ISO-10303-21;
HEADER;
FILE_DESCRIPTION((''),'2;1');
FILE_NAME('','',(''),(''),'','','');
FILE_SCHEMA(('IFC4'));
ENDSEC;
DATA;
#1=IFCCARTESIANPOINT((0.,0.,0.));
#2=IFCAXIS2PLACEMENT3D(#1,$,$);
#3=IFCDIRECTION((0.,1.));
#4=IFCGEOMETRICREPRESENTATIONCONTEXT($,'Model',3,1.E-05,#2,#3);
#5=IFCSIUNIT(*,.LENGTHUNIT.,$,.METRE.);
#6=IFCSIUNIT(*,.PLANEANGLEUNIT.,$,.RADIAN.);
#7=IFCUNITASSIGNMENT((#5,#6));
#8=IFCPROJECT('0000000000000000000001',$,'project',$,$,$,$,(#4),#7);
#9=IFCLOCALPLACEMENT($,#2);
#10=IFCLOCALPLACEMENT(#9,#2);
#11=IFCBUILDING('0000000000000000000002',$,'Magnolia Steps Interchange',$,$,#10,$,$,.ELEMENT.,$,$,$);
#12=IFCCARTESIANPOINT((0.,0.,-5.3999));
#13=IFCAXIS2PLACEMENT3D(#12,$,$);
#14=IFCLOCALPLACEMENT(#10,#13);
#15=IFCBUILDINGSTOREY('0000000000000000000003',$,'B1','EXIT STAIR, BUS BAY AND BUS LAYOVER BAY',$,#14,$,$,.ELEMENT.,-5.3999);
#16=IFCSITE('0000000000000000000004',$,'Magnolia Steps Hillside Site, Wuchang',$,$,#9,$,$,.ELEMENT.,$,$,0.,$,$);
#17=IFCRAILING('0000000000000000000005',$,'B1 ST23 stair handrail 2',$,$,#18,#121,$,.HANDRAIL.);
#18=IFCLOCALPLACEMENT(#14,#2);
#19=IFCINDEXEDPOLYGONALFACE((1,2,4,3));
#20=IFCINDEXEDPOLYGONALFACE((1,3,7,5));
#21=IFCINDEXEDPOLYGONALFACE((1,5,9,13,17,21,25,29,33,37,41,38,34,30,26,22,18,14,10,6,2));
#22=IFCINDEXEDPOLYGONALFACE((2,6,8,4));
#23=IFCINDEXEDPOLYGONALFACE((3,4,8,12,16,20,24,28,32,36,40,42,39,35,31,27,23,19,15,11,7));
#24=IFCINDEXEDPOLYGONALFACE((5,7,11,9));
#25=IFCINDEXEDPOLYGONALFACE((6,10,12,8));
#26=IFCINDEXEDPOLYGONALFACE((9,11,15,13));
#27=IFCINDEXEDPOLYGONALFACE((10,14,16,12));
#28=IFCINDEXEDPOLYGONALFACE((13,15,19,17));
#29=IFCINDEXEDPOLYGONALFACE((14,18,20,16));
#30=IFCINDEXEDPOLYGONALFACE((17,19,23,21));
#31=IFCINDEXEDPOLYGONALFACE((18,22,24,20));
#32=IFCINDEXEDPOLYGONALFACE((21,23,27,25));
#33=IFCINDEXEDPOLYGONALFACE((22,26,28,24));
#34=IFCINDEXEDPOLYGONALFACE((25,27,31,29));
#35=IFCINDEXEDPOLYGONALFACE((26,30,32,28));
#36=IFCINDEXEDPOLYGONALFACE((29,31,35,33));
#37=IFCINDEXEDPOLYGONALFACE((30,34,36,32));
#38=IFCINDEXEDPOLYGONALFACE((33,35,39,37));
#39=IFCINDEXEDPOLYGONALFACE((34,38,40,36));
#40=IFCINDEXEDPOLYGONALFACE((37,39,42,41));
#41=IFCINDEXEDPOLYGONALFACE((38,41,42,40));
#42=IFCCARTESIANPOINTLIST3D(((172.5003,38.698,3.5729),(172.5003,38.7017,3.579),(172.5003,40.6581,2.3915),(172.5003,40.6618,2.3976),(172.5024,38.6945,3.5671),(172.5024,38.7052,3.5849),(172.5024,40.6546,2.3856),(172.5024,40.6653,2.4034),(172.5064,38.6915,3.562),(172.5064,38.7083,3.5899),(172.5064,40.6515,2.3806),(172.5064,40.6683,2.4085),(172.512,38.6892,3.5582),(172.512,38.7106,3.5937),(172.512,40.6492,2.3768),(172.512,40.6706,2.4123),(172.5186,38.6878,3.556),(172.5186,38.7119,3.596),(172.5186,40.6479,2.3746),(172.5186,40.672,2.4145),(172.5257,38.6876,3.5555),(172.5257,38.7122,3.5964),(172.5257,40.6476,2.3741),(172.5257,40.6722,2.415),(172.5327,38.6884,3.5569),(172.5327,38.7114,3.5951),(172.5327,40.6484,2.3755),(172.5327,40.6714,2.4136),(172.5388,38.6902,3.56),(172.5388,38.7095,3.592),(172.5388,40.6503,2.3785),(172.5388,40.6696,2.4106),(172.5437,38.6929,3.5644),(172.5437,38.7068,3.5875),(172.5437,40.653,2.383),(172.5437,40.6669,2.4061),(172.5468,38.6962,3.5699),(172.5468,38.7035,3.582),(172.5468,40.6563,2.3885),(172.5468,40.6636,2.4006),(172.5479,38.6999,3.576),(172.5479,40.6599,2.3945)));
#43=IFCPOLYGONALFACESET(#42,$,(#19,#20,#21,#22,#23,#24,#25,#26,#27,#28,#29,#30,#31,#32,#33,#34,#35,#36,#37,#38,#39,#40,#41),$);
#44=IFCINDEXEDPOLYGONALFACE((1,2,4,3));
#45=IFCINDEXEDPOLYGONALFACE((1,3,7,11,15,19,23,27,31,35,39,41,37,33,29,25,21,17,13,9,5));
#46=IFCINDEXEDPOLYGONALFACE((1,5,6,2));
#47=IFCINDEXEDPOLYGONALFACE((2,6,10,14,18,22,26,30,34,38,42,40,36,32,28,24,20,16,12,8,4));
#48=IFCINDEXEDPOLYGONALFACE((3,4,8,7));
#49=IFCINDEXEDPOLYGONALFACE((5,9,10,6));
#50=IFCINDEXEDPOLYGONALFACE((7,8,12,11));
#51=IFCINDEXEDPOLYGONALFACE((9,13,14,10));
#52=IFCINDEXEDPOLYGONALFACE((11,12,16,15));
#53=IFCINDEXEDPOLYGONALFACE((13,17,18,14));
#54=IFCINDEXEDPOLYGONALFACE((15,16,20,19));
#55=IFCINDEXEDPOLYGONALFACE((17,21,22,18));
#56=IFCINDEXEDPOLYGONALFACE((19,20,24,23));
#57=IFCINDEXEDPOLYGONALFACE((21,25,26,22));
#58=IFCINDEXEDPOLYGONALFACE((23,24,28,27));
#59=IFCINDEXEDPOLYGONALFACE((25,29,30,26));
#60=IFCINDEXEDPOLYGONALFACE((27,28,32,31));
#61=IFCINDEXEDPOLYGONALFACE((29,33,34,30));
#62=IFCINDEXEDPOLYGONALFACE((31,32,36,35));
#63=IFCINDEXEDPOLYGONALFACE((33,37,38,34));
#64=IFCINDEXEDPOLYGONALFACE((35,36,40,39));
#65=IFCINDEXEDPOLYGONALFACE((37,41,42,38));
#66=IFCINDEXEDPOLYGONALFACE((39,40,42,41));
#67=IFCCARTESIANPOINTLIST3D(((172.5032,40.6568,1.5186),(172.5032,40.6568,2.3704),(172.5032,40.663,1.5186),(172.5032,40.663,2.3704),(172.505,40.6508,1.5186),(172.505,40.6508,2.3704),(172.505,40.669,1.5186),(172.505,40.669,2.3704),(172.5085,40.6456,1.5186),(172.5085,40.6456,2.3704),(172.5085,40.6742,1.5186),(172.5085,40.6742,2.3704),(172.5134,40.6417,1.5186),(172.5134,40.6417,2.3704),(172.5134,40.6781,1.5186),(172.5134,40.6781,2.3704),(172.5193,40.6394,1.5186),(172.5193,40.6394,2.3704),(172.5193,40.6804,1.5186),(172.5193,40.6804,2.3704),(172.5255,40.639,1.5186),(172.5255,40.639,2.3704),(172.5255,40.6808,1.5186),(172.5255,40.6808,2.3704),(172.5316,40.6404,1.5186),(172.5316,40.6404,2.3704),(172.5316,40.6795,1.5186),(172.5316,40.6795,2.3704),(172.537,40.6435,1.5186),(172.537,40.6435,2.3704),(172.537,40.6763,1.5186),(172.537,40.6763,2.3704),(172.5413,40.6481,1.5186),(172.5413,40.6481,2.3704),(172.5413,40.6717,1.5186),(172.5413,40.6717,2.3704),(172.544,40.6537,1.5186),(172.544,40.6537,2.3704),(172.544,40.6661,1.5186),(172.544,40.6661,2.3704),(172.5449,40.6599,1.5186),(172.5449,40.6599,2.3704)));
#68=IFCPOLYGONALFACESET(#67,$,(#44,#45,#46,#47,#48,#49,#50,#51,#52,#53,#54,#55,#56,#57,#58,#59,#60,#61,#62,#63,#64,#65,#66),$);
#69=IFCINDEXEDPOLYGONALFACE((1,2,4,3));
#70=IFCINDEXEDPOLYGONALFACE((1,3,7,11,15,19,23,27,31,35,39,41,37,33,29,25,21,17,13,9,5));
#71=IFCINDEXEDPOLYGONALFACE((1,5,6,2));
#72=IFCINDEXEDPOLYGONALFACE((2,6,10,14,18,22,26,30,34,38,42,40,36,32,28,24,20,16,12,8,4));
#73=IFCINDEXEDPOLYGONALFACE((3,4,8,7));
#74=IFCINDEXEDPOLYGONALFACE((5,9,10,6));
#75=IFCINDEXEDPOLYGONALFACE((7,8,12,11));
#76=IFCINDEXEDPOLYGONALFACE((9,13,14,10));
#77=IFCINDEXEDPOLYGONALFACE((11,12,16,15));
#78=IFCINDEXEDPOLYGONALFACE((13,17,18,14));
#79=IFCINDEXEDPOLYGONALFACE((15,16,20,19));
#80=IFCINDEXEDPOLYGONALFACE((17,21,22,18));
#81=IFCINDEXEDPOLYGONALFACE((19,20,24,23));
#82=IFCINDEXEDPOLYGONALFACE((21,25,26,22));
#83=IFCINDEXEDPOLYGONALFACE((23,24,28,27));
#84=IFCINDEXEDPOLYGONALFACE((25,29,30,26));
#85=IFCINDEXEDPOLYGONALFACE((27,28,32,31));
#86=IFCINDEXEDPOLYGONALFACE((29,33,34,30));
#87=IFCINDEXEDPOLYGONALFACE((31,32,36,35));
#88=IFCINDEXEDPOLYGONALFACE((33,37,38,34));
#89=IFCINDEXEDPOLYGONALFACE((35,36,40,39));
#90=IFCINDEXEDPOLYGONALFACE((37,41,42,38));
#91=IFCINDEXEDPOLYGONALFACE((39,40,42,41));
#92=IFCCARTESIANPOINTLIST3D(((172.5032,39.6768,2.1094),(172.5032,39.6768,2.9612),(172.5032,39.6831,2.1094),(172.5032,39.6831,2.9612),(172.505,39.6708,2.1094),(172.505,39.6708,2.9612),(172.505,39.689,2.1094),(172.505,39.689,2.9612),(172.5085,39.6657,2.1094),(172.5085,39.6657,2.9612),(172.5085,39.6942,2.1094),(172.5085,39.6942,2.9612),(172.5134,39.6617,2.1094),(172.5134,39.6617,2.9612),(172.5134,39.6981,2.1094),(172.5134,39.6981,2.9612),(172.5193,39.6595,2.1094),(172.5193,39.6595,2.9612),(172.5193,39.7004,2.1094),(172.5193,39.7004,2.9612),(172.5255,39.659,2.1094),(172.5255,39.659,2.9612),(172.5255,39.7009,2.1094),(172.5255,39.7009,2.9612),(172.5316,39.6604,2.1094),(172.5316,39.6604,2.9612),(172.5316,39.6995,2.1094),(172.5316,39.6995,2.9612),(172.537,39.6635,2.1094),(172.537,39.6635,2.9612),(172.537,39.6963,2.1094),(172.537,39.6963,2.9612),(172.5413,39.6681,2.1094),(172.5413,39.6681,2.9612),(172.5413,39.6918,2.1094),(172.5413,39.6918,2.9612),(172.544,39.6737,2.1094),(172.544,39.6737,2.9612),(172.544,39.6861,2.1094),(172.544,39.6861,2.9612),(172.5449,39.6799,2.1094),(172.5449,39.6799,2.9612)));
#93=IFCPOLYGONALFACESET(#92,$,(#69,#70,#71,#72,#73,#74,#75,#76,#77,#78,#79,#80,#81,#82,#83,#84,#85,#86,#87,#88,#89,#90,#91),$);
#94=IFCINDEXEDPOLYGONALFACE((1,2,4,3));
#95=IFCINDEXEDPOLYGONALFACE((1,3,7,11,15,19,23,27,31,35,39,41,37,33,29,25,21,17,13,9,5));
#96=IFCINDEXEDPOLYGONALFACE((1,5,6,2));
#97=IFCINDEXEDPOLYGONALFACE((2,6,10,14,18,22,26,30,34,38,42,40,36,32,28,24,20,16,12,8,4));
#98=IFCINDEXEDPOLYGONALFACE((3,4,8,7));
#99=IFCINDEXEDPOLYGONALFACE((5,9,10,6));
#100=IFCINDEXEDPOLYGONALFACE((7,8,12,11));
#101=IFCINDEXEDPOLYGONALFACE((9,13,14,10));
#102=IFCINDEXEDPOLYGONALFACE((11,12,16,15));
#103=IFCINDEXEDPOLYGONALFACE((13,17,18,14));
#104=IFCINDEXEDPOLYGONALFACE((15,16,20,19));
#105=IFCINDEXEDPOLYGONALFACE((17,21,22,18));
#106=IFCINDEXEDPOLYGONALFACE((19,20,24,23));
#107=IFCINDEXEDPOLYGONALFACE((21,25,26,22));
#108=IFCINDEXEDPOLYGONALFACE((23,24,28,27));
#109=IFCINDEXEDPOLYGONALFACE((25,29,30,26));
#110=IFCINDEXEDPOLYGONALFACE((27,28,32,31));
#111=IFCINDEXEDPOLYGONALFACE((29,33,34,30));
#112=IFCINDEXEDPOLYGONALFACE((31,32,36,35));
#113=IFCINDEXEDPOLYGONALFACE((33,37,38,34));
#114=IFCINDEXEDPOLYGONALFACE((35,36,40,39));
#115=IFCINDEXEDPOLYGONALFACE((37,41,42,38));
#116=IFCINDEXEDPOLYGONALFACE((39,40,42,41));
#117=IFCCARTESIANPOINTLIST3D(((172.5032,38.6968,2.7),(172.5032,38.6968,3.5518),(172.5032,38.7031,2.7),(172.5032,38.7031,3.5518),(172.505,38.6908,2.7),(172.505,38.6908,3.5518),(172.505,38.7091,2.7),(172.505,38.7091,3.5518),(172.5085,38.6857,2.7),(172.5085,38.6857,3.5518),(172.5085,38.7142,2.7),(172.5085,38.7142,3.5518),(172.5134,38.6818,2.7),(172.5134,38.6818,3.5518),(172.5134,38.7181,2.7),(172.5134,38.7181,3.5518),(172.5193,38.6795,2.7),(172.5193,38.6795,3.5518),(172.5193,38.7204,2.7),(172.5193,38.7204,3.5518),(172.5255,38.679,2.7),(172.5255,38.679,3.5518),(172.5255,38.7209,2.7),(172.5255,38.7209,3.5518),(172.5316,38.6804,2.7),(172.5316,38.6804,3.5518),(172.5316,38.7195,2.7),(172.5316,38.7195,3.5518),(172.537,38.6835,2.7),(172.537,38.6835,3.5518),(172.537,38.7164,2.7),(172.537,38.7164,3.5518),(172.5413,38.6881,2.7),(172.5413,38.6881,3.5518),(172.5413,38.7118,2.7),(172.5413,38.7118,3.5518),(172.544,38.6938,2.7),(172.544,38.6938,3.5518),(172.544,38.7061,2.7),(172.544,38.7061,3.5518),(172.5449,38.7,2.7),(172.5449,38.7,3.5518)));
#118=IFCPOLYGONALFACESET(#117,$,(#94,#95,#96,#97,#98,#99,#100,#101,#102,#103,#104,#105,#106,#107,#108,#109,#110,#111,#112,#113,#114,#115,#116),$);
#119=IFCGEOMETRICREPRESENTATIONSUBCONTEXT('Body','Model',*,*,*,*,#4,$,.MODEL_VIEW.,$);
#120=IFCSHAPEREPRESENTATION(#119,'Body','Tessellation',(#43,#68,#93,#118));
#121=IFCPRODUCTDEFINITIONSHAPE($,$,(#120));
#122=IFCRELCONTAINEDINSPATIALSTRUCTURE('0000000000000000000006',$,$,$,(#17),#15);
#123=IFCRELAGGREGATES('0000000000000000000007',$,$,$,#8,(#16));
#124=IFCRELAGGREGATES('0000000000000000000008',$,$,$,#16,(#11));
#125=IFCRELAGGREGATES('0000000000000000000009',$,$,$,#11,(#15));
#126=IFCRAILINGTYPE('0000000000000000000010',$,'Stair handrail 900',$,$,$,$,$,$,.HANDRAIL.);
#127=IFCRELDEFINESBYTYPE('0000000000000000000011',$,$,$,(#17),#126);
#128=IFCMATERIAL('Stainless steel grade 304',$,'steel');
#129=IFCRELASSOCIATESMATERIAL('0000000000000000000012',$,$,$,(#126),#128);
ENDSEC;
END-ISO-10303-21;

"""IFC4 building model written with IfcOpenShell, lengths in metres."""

from ifc_helpers import new_model, si_unit, direction, frame, origin, origin_2d, place, context, subcontext, project, spatial, circle, extrude, material, type_object, element, save


model = new_model("IFC4")

# Units and contexts
model_context = context("Model", 3, precision=1e-05, world=origin(), true_north=direction((0.0, 1.0)))
body_context = subcontext(model_context, "Body", "Model", "MODEL_VIEW")
ifc_project = project(units=[si_unit("LENGTHUNIT", "METRE"), si_unit("PLANEANGLEUNIT", "RADIAN")], contexts=[model_context])

# Site, building, storey
site_placement = place(None, origin())
site = spatial("IfcSite", under=ifc_project, at=site_placement, Name="Magnolia Steps Hillside Site, Wuchang", CompositionType="ELEMENT", RefElevation=0.0)
building_placement = place(site_placement, origin())
building = spatial("IfcBuilding", under=site, at=building_placement, Name="Magnolia Steps Interchange", CompositionType="ELEMENT")
storey_placement = place(building_placement, frame((0.0, 0.0, -5.3999)))
storey = spatial("IfcBuildingStorey", under=building, at=storey_placement, Name="B1", Description="EXIT STAIR, BUS BAY AND BUS LAYOVER BAY", CompositionType="ELEMENT", Elevation=-5.3999)

# Railing
ifc_material_1 = material(Name="Stainless steel grade 304", Category="steel")
railing_type_1 = type_object("IfcRailingType", Name="Stair handrail 900", PredefinedType="HANDRAIL", material=ifc_material_1)
railing_1_placement = place(storey_placement, frame((172.5239, 40.6599, 1.5186)))
element("IfcRailing", 1, at=railing_1_placement, inside=storey, type_object=railing_type_1, Name="B1 ST23 stair handrail 2", PredefinedType="HANDRAIL", context=body_context, shape_type="SweptSolid", body=[
    extrude(circle(Radius=0.0239, at=origin_2d()), frame((0.0, 0.0, 0.876), z_axis=(0.0, -0.856446, 0.516236), x_axis=(1.0, 0.0, 0.0)), (0.0, 0.0, 1.0), 2.2886),
    extrude(circle(Radius=0.021, at=origin_2d()), origin(), (0.0, 0.0, 1.0), 0.8518),
    extrude(circle(Radius=0.021, at=origin_2d()), frame((0.0, -0.98, 0.5908)), (0.0, 0.0, 1.0), 0.8518),
    extrude(circle(Radius=0.021, at=origin_2d()), frame((0.0, -1.96, 1.1814)), (0.0, 0.0, 1.0), 0.8518),
])

save(model, "model.ifc")
